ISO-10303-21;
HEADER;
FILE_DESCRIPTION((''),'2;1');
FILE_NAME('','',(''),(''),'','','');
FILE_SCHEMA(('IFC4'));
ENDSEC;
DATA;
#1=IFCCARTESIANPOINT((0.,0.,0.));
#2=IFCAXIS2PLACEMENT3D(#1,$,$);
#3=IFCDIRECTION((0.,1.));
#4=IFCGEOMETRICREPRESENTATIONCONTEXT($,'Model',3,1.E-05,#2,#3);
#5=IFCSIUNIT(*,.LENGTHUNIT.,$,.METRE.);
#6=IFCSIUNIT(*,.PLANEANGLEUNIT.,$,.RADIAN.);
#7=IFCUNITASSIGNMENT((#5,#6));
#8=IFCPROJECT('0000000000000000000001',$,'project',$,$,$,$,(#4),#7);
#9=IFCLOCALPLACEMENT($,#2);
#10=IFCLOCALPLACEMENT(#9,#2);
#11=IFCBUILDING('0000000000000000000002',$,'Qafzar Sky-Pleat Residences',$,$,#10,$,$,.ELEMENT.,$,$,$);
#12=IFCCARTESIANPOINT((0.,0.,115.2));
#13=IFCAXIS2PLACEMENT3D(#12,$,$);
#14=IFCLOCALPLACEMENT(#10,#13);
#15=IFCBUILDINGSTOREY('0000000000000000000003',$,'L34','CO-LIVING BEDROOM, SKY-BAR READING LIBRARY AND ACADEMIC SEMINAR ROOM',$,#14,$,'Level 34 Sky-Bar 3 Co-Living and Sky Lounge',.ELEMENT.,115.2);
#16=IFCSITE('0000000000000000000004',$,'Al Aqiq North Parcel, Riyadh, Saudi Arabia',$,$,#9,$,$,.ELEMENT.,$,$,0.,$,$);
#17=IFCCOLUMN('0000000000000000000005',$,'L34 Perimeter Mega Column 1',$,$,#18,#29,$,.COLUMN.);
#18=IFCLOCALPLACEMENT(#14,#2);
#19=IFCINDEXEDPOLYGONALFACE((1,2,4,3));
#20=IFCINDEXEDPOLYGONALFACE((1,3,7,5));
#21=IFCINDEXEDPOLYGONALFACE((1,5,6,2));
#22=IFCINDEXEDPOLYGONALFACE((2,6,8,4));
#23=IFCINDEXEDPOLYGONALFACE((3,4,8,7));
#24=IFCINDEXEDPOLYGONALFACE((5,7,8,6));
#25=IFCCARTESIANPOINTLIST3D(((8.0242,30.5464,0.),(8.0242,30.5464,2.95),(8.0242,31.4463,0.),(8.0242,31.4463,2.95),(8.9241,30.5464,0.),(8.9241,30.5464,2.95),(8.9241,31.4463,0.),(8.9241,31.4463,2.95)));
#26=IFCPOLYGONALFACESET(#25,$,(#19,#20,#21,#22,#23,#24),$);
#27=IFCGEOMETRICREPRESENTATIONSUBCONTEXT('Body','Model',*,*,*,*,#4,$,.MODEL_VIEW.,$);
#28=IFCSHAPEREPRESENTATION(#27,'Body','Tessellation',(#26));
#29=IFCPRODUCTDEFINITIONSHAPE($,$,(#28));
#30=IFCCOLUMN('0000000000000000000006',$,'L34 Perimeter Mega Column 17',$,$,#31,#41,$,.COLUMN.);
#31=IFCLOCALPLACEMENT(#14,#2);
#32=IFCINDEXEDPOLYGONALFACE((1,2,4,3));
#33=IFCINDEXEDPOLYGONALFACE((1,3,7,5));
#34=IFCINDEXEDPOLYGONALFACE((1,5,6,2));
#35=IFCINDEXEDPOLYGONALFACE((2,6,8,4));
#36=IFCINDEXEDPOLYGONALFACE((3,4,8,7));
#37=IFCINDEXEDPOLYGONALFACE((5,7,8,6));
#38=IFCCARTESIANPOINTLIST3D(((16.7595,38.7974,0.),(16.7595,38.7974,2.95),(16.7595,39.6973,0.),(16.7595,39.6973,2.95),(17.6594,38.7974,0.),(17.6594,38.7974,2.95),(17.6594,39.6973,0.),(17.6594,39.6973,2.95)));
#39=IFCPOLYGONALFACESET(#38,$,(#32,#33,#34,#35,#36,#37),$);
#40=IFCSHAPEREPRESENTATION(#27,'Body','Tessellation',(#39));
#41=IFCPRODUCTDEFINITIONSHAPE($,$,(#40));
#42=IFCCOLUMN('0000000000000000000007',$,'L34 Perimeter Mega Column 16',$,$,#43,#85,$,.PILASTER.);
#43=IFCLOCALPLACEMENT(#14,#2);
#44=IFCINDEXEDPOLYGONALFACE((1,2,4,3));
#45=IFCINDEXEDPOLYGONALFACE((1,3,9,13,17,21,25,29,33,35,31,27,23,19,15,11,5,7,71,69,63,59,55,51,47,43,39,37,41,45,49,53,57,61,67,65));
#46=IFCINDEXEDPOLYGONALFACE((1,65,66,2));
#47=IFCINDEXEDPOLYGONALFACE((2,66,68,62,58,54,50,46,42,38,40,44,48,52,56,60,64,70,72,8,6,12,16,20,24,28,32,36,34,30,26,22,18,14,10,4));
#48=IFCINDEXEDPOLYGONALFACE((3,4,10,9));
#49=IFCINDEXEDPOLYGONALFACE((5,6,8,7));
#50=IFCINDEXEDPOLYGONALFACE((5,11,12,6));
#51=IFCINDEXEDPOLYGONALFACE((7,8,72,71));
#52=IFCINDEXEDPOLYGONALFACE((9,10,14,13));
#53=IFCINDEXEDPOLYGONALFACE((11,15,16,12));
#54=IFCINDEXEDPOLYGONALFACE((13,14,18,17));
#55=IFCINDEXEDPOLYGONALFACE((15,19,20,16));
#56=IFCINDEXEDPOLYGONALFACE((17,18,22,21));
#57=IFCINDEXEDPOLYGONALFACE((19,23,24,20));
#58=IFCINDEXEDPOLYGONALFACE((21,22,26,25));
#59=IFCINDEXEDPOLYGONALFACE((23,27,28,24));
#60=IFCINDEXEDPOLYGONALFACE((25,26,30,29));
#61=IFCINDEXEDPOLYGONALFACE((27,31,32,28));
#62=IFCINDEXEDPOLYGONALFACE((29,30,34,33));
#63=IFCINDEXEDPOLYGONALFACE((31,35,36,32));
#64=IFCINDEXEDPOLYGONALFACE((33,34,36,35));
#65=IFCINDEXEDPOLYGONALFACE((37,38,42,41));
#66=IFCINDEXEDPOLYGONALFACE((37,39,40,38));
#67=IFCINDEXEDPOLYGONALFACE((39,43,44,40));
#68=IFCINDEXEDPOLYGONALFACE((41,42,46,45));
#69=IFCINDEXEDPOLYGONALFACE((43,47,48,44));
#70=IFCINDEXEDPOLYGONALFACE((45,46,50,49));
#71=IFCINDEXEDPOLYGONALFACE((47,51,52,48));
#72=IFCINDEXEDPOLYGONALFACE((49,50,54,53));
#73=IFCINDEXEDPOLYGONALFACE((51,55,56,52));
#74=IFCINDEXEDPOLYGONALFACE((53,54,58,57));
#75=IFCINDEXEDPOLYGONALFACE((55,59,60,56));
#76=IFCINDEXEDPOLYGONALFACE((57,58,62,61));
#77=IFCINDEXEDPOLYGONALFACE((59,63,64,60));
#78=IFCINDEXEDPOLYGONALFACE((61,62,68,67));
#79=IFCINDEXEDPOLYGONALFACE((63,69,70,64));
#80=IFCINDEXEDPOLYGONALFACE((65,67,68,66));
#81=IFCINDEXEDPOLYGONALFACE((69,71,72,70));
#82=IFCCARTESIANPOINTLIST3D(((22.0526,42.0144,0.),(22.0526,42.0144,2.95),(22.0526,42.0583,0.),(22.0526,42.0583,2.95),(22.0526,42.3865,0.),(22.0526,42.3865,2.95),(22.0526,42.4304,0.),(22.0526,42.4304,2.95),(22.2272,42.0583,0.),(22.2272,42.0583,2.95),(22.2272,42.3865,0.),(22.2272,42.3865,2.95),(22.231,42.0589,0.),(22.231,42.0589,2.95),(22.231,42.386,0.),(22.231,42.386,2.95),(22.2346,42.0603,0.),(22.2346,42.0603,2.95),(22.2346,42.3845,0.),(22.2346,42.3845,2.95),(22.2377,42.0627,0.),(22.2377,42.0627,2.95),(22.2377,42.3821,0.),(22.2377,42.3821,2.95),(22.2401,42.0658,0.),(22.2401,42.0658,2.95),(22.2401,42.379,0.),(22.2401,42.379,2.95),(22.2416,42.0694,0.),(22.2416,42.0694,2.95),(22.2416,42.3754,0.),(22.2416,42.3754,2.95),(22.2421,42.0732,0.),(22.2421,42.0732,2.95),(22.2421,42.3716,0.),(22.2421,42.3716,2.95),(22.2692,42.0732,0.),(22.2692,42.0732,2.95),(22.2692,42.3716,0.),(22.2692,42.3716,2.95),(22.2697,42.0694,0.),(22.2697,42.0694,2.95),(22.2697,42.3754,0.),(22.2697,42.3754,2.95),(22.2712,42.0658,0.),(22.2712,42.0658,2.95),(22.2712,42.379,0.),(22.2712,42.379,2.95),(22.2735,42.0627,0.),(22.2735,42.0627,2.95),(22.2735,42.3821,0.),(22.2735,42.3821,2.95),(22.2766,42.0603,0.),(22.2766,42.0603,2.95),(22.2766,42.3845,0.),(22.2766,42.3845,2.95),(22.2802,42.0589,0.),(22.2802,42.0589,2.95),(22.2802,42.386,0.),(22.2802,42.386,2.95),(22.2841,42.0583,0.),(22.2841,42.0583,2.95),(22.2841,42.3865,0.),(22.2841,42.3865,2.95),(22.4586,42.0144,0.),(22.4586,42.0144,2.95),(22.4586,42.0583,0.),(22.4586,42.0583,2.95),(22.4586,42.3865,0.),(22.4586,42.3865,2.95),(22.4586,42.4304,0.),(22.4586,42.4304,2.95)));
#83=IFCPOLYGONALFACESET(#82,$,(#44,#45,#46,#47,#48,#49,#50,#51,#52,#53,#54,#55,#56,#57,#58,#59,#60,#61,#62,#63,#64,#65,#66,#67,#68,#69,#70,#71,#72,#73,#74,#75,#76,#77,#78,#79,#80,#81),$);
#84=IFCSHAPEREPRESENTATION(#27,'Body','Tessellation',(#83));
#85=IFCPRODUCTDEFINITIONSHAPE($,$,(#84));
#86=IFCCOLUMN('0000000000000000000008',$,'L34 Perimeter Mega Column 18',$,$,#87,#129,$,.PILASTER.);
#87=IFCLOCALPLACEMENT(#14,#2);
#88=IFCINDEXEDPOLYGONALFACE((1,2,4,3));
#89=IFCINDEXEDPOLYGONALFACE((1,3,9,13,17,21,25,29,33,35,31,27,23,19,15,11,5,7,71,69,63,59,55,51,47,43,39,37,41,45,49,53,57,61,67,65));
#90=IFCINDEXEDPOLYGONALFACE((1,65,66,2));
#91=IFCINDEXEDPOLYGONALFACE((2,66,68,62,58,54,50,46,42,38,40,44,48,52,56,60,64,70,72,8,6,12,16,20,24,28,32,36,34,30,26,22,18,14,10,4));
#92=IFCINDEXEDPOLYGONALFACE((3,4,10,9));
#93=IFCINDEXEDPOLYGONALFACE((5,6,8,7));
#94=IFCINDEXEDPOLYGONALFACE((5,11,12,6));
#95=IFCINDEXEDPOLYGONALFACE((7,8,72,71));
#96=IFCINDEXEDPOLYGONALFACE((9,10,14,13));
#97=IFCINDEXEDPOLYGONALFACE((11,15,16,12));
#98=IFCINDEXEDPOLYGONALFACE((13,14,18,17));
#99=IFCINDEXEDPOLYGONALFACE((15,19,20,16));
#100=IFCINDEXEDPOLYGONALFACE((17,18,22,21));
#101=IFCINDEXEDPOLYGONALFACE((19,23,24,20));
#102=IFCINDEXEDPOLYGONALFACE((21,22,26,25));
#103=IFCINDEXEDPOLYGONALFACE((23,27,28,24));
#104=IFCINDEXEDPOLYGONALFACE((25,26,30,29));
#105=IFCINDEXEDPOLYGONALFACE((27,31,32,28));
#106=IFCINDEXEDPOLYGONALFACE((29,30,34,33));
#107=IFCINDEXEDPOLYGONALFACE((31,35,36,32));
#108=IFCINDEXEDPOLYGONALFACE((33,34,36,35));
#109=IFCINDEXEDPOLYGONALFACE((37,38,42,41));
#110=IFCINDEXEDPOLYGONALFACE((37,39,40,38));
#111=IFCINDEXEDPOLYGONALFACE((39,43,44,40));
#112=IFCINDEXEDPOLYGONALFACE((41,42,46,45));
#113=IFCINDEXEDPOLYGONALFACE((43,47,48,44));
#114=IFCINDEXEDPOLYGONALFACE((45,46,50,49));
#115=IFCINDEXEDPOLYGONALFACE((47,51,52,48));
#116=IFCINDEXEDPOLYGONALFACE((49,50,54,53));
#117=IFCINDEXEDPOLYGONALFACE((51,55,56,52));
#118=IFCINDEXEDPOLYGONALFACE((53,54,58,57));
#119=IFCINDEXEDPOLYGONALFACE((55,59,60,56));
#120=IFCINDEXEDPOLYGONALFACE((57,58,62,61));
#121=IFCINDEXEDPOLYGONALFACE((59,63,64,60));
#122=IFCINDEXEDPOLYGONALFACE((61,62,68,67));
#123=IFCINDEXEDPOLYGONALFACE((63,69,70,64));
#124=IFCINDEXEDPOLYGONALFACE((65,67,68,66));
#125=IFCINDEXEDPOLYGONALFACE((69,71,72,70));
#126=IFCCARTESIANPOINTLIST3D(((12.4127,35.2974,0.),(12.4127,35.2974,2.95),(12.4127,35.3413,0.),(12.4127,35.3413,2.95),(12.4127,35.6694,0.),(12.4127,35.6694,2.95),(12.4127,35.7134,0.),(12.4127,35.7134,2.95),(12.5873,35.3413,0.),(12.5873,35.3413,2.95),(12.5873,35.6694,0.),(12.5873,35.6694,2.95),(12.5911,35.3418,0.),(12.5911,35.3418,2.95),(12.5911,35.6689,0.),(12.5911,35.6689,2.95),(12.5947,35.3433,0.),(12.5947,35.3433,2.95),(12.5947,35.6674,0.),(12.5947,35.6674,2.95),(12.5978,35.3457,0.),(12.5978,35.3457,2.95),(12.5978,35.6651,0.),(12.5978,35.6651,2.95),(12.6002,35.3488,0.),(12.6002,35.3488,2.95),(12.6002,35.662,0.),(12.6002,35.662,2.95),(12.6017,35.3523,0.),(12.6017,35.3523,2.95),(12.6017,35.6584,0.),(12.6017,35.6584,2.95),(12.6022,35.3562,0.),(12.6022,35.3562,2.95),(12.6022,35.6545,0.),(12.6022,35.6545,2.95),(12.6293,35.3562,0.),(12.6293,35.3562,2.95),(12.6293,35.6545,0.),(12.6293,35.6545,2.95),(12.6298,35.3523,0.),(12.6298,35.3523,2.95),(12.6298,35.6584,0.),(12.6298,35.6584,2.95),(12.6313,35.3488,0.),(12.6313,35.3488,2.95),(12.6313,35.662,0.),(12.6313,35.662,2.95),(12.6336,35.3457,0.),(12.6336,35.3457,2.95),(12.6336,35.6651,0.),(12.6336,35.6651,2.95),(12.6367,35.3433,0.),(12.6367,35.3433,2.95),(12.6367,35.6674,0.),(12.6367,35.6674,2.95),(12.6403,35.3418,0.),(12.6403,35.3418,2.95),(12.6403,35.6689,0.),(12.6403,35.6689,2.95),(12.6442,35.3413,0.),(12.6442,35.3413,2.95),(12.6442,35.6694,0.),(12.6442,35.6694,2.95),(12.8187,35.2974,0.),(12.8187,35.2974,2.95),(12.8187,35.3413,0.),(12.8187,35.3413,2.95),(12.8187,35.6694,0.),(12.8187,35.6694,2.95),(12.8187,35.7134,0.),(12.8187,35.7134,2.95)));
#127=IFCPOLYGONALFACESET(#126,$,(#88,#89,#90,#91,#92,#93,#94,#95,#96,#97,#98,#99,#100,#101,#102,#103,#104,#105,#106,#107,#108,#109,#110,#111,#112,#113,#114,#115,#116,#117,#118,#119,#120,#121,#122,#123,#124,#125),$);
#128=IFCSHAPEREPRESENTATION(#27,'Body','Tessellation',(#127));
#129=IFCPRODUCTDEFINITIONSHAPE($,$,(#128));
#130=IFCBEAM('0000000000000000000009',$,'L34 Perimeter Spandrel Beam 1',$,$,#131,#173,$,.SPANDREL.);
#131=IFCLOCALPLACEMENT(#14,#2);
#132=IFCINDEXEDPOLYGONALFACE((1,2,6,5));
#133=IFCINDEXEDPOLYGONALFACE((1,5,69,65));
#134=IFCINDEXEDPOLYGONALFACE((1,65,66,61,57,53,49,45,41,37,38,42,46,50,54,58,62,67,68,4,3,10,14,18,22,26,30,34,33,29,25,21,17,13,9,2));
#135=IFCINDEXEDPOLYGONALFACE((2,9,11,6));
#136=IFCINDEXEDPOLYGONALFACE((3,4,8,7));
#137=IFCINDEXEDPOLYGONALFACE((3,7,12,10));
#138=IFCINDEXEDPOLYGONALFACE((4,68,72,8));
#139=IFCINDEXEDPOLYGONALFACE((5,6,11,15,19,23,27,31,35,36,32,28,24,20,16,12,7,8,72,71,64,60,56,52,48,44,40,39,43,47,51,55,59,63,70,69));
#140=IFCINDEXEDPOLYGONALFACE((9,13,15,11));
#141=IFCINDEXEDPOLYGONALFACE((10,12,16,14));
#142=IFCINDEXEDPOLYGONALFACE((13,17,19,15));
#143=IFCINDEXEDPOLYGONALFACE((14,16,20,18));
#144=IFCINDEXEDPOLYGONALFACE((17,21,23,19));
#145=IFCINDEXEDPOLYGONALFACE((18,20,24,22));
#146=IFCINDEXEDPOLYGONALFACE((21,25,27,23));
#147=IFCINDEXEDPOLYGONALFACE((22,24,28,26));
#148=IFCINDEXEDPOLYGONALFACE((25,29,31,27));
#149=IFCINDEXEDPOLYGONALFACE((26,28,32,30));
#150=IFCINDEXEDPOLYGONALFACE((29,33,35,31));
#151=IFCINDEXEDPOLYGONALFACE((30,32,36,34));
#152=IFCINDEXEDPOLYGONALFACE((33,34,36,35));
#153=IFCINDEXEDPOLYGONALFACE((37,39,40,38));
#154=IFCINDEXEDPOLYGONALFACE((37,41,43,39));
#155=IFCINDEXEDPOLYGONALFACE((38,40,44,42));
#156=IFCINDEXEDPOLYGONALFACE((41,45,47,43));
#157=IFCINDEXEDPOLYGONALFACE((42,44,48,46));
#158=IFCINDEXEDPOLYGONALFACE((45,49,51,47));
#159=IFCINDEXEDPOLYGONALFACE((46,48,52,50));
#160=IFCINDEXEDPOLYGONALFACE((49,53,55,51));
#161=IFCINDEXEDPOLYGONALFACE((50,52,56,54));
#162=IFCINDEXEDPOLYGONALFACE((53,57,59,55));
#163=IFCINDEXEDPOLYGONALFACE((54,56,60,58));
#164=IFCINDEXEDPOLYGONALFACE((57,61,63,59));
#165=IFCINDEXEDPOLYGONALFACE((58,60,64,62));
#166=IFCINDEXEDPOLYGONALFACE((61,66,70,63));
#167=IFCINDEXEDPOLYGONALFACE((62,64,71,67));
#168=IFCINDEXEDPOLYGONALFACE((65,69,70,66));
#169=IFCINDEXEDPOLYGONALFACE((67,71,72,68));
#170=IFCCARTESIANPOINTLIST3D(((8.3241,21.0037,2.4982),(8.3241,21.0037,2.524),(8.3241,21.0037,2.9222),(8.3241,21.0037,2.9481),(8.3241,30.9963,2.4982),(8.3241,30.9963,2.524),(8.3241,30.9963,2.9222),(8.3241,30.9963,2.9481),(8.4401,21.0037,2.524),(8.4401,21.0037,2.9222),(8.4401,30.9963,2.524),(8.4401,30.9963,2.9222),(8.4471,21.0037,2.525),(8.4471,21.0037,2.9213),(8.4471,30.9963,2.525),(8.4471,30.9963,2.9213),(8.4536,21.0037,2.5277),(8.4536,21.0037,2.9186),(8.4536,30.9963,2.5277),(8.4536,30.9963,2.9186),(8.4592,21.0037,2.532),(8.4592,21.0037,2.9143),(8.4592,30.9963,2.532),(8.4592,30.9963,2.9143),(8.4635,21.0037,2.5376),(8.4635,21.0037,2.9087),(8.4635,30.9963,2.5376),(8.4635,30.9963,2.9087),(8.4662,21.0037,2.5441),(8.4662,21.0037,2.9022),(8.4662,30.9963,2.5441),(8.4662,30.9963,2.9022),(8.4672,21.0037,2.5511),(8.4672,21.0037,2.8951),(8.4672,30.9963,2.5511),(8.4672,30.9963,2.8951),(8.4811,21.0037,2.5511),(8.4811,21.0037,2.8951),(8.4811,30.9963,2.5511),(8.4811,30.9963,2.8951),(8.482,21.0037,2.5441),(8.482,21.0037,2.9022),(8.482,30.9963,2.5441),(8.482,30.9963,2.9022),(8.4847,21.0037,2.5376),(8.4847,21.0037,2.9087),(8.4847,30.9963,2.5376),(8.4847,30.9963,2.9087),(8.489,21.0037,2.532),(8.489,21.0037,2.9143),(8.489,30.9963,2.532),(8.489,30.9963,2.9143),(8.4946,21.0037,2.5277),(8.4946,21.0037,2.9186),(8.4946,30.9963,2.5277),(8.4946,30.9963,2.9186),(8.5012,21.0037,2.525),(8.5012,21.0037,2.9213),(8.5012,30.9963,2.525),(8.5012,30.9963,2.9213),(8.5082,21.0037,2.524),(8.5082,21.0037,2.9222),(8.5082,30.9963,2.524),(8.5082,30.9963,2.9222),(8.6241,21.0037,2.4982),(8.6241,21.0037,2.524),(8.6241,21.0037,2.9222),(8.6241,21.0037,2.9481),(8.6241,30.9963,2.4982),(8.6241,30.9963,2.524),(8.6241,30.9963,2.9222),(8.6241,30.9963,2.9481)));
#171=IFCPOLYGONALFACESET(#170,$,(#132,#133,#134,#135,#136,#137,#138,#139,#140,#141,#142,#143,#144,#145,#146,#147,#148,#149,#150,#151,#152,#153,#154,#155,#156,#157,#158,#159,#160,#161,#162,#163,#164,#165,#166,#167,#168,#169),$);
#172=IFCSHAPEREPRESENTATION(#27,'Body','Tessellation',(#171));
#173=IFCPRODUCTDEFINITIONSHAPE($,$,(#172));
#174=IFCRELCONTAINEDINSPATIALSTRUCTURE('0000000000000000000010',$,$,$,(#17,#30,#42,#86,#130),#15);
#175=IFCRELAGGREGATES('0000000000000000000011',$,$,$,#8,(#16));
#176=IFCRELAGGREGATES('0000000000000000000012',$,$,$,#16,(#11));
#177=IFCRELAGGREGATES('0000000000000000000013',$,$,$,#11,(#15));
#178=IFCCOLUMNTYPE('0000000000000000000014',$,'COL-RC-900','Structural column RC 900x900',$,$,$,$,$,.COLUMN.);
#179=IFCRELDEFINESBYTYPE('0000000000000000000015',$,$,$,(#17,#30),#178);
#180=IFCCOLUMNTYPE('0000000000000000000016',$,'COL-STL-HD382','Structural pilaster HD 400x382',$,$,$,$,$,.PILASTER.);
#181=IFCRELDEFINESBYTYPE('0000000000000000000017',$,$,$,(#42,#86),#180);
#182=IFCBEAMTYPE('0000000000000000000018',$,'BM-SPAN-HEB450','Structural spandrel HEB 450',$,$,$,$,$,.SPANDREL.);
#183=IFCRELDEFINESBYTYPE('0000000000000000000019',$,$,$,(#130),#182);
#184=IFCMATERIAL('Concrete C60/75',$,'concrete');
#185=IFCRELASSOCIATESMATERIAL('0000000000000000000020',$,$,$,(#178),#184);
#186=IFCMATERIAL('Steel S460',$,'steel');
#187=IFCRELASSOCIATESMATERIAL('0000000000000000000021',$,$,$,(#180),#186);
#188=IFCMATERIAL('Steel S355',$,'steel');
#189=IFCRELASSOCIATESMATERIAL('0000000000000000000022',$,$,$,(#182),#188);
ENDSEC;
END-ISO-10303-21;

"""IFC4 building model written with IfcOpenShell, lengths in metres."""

from ifc_helpers import new_model, si_unit, direction, frame, origin, origin_2d, place, context, subcontext, project, spatial, rectangle, i_section, extrude, source, transform, mapped, material, material_profile, profile_set, type_object, element, save


model = new_model("IFC4")

# Units and contexts
model_context = context("Model", 3, precision=1e-05, world=origin(), true_north=direction((0.0, 1.0)))
body_context = subcontext(model_context, "Body", "Model", "MODEL_VIEW")
ifc_project = project(units=[si_unit("LENGTHUNIT", "METRE"), si_unit("PLANEANGLEUNIT", "RADIAN")], contexts=[model_context])

# Site, building, storey
site_placement = place(None, origin())
site = spatial("IfcSite", under=ifc_project, at=site_placement, Name="Al Aqiq North Parcel, Riyadh, Saudi Arabia", CompositionType="ELEMENT", RefElevation=0.0)
building_placement = place(site_placement, origin())
building = spatial("IfcBuilding", under=site, at=building_placement, Name="Qafzar Sky-Pleat Residences", CompositionType="ELEMENT")
storey_placement = place(building_placement, frame((0.0, 0.0, 115.2)))
storey = spatial("IfcBuildingStorey", under=building, at=storey_placement, Name="L34", Description="CO-LIVING BEDROOM, SKY-BAR READING LIBRARY AND ACADEMIC SEMINAR ROOM", LongName="Level 34 Sky-Bar 3 Co-Living and Sky Lounge", CompositionType="ELEMENT", Elevation=115.2)

# Columns
ifc_material_1 = material(Name="Concrete C60/75", Category="concrete")
ifc_material_profile_1 = material_profile(ifc_material_1, rectangle(XDim=0.8999, YDim=0.8999, at=origin_2d()), Name="RC 900x900")
ifc_profile_set_1 = profile_set([ifc_material_profile_1], Name="Concrete C60/75")
column_type_1 = type_object("IfcColumnType", Name="COL-RC-900", Description="Structural column RC 900x900", PredefinedType="COLUMN", material=ifc_profile_set_1)
shared_shape_1 = source(origin(), body_context, "Body", "SweptSolid", [
    extrude(rectangle(XDim=0.8999, YDim=0.8999, at=origin_2d()), origin(), (0.0, 0.0, 1.0), 2.95),
])
for number, where, z_axis, x_axis, name in (
    (1, (8.4741, 30.9963, 0.0), (0.0, 0.0, 1.0), (1.0, 0.0, 0.0), "L34 Perimeter Mega Column 1"),
    (2, (17.2095, 39.2473, 0.0), (0.0, 0.0, 1.0), (1.0, 0.0, 0.0), "L34 Perimeter Mega Column 17"),
):
    element("IfcColumn", number, at=place(storey_placement, frame(where, z_axis=z_axis, x_axis=x_axis)), inside=storey, type_object=column_type_1, Name=name, PredefinedType="COLUMN", context=body_context, shape_type="MappedRepresentation", body=[
        mapped(shared_shape_1, transform((0.0, 0.0, 0.0), x_axis=(1.0, 0.0, 0.0), y_axis=(0.0, 1.0, 0.0), z_axis=(0.0, 0.0, 1.0), scale=1.0)),
    ])
ifc_material_2 = material(Name="Steel S460", Category="steel")
ifc_material_profile_2 = material_profile(ifc_material_2, i_section(OverallWidth=0.406, OverallDepth=0.416, WebThickness=0.0271, FlangeThickness=0.0439, FilletRadius=0.0149, at=origin_2d()), Name="HD 400x382")
ifc_profile_set_2 = profile_set([ifc_material_profile_2], Name="Steel S460")
column_type_2 = type_object("IfcColumnType", Name="COL-STL-HD382", Description="Structural pilaster HD 400x382", PredefinedType="PILASTER", material=ifc_profile_set_2)
shared_shape_2 = source(origin(), body_context, "Body", "SweptSolid", [
    extrude(i_section(OverallWidth=0.406, OverallDepth=0.416, WebThickness=0.0271, FlangeThickness=0.0439, FilletRadius=0.0149, at=origin_2d()), origin(), (0.0, 0.0, 1.0), 2.95),
])
for number, where, z_axis, x_axis, name in (
    (3, (22.2556, 42.2224, 0.0), (0.0, 0.0, 1.0), (1.0, 0.0, 0.0), "L34 Perimeter Mega Column 16"),
    (4, (12.6157, 35.5054, 0.0), (0.0, 0.0, 1.0), (1.0, 0.0, 0.0), "L34 Perimeter Mega Column 18"),
):
    element("IfcColumn", number, at=place(storey_placement, frame(where, z_axis=z_axis, x_axis=x_axis)), inside=storey, type_object=column_type_2, Name=name, PredefinedType="PILASTER", context=body_context, shape_type="MappedRepresentation", body=[
        mapped(shared_shape_2, transform((0.0, 0.0, 0.0), x_axis=(1.0, 0.0, 0.0), y_axis=(0.0, 1.0, 0.0), z_axis=(0.0, 0.0, 1.0), scale=1.0)),
    ])

# Beam
ifc_material_3 = material(Name="Steel S355", Category="steel")
ifc_material_profile_3 = material_profile(ifc_material_3, i_section(OverallWidth=0.3, OverallDepth=0.45, WebThickness=0.0139, FlangeThickness=0.0259, FilletRadius=0.0271, at=origin_2d()), Name="HEB 450")
ifc_profile_set_3 = profile_set([ifc_material_profile_3], Name="Steel S355")
beam_type_1 = type_object("IfcBeamType", Name="BM-SPAN-HEB450", Description="Structural spandrel HEB 450", PredefinedType="SPANDREL", material=ifc_profile_set_3)
shared_shape_3 = source(origin(), body_context, "Body", "SweptSolid", [
    extrude(i_section(OverallWidth=0.3, OverallDepth=0.45, WebThickness=0.0139, FlangeThickness=0.0259, FilletRadius=0.0271, at=origin_2d()), origin(), (0.0, 0.0, 1.0), 9.9927),
])
beam_1_placement = place(storey_placement, frame((8.4741, 30.9963, 2.7231), z_axis=(0.0, -1.0, 0.0), x_axis=(1.0, 0.0, 0.0)))
element("IfcBeam", 5, at=beam_1_placement, inside=storey, type_object=beam_type_1, Name="L34 Perimeter Spandrel Beam 1", PredefinedType="SPANDREL", context=body_context, shape_type="MappedRepresentation", body=[
    mapped(shared_shape_3, transform((0.0, 0.0, 0.0), x_axis=(1.0, 0.0, 0.0), y_axis=(0.0, 1.0, 0.0), z_axis=(0.0, 0.0, 1.0), scale=1.0)),
])

save(model, "model.ifc")
